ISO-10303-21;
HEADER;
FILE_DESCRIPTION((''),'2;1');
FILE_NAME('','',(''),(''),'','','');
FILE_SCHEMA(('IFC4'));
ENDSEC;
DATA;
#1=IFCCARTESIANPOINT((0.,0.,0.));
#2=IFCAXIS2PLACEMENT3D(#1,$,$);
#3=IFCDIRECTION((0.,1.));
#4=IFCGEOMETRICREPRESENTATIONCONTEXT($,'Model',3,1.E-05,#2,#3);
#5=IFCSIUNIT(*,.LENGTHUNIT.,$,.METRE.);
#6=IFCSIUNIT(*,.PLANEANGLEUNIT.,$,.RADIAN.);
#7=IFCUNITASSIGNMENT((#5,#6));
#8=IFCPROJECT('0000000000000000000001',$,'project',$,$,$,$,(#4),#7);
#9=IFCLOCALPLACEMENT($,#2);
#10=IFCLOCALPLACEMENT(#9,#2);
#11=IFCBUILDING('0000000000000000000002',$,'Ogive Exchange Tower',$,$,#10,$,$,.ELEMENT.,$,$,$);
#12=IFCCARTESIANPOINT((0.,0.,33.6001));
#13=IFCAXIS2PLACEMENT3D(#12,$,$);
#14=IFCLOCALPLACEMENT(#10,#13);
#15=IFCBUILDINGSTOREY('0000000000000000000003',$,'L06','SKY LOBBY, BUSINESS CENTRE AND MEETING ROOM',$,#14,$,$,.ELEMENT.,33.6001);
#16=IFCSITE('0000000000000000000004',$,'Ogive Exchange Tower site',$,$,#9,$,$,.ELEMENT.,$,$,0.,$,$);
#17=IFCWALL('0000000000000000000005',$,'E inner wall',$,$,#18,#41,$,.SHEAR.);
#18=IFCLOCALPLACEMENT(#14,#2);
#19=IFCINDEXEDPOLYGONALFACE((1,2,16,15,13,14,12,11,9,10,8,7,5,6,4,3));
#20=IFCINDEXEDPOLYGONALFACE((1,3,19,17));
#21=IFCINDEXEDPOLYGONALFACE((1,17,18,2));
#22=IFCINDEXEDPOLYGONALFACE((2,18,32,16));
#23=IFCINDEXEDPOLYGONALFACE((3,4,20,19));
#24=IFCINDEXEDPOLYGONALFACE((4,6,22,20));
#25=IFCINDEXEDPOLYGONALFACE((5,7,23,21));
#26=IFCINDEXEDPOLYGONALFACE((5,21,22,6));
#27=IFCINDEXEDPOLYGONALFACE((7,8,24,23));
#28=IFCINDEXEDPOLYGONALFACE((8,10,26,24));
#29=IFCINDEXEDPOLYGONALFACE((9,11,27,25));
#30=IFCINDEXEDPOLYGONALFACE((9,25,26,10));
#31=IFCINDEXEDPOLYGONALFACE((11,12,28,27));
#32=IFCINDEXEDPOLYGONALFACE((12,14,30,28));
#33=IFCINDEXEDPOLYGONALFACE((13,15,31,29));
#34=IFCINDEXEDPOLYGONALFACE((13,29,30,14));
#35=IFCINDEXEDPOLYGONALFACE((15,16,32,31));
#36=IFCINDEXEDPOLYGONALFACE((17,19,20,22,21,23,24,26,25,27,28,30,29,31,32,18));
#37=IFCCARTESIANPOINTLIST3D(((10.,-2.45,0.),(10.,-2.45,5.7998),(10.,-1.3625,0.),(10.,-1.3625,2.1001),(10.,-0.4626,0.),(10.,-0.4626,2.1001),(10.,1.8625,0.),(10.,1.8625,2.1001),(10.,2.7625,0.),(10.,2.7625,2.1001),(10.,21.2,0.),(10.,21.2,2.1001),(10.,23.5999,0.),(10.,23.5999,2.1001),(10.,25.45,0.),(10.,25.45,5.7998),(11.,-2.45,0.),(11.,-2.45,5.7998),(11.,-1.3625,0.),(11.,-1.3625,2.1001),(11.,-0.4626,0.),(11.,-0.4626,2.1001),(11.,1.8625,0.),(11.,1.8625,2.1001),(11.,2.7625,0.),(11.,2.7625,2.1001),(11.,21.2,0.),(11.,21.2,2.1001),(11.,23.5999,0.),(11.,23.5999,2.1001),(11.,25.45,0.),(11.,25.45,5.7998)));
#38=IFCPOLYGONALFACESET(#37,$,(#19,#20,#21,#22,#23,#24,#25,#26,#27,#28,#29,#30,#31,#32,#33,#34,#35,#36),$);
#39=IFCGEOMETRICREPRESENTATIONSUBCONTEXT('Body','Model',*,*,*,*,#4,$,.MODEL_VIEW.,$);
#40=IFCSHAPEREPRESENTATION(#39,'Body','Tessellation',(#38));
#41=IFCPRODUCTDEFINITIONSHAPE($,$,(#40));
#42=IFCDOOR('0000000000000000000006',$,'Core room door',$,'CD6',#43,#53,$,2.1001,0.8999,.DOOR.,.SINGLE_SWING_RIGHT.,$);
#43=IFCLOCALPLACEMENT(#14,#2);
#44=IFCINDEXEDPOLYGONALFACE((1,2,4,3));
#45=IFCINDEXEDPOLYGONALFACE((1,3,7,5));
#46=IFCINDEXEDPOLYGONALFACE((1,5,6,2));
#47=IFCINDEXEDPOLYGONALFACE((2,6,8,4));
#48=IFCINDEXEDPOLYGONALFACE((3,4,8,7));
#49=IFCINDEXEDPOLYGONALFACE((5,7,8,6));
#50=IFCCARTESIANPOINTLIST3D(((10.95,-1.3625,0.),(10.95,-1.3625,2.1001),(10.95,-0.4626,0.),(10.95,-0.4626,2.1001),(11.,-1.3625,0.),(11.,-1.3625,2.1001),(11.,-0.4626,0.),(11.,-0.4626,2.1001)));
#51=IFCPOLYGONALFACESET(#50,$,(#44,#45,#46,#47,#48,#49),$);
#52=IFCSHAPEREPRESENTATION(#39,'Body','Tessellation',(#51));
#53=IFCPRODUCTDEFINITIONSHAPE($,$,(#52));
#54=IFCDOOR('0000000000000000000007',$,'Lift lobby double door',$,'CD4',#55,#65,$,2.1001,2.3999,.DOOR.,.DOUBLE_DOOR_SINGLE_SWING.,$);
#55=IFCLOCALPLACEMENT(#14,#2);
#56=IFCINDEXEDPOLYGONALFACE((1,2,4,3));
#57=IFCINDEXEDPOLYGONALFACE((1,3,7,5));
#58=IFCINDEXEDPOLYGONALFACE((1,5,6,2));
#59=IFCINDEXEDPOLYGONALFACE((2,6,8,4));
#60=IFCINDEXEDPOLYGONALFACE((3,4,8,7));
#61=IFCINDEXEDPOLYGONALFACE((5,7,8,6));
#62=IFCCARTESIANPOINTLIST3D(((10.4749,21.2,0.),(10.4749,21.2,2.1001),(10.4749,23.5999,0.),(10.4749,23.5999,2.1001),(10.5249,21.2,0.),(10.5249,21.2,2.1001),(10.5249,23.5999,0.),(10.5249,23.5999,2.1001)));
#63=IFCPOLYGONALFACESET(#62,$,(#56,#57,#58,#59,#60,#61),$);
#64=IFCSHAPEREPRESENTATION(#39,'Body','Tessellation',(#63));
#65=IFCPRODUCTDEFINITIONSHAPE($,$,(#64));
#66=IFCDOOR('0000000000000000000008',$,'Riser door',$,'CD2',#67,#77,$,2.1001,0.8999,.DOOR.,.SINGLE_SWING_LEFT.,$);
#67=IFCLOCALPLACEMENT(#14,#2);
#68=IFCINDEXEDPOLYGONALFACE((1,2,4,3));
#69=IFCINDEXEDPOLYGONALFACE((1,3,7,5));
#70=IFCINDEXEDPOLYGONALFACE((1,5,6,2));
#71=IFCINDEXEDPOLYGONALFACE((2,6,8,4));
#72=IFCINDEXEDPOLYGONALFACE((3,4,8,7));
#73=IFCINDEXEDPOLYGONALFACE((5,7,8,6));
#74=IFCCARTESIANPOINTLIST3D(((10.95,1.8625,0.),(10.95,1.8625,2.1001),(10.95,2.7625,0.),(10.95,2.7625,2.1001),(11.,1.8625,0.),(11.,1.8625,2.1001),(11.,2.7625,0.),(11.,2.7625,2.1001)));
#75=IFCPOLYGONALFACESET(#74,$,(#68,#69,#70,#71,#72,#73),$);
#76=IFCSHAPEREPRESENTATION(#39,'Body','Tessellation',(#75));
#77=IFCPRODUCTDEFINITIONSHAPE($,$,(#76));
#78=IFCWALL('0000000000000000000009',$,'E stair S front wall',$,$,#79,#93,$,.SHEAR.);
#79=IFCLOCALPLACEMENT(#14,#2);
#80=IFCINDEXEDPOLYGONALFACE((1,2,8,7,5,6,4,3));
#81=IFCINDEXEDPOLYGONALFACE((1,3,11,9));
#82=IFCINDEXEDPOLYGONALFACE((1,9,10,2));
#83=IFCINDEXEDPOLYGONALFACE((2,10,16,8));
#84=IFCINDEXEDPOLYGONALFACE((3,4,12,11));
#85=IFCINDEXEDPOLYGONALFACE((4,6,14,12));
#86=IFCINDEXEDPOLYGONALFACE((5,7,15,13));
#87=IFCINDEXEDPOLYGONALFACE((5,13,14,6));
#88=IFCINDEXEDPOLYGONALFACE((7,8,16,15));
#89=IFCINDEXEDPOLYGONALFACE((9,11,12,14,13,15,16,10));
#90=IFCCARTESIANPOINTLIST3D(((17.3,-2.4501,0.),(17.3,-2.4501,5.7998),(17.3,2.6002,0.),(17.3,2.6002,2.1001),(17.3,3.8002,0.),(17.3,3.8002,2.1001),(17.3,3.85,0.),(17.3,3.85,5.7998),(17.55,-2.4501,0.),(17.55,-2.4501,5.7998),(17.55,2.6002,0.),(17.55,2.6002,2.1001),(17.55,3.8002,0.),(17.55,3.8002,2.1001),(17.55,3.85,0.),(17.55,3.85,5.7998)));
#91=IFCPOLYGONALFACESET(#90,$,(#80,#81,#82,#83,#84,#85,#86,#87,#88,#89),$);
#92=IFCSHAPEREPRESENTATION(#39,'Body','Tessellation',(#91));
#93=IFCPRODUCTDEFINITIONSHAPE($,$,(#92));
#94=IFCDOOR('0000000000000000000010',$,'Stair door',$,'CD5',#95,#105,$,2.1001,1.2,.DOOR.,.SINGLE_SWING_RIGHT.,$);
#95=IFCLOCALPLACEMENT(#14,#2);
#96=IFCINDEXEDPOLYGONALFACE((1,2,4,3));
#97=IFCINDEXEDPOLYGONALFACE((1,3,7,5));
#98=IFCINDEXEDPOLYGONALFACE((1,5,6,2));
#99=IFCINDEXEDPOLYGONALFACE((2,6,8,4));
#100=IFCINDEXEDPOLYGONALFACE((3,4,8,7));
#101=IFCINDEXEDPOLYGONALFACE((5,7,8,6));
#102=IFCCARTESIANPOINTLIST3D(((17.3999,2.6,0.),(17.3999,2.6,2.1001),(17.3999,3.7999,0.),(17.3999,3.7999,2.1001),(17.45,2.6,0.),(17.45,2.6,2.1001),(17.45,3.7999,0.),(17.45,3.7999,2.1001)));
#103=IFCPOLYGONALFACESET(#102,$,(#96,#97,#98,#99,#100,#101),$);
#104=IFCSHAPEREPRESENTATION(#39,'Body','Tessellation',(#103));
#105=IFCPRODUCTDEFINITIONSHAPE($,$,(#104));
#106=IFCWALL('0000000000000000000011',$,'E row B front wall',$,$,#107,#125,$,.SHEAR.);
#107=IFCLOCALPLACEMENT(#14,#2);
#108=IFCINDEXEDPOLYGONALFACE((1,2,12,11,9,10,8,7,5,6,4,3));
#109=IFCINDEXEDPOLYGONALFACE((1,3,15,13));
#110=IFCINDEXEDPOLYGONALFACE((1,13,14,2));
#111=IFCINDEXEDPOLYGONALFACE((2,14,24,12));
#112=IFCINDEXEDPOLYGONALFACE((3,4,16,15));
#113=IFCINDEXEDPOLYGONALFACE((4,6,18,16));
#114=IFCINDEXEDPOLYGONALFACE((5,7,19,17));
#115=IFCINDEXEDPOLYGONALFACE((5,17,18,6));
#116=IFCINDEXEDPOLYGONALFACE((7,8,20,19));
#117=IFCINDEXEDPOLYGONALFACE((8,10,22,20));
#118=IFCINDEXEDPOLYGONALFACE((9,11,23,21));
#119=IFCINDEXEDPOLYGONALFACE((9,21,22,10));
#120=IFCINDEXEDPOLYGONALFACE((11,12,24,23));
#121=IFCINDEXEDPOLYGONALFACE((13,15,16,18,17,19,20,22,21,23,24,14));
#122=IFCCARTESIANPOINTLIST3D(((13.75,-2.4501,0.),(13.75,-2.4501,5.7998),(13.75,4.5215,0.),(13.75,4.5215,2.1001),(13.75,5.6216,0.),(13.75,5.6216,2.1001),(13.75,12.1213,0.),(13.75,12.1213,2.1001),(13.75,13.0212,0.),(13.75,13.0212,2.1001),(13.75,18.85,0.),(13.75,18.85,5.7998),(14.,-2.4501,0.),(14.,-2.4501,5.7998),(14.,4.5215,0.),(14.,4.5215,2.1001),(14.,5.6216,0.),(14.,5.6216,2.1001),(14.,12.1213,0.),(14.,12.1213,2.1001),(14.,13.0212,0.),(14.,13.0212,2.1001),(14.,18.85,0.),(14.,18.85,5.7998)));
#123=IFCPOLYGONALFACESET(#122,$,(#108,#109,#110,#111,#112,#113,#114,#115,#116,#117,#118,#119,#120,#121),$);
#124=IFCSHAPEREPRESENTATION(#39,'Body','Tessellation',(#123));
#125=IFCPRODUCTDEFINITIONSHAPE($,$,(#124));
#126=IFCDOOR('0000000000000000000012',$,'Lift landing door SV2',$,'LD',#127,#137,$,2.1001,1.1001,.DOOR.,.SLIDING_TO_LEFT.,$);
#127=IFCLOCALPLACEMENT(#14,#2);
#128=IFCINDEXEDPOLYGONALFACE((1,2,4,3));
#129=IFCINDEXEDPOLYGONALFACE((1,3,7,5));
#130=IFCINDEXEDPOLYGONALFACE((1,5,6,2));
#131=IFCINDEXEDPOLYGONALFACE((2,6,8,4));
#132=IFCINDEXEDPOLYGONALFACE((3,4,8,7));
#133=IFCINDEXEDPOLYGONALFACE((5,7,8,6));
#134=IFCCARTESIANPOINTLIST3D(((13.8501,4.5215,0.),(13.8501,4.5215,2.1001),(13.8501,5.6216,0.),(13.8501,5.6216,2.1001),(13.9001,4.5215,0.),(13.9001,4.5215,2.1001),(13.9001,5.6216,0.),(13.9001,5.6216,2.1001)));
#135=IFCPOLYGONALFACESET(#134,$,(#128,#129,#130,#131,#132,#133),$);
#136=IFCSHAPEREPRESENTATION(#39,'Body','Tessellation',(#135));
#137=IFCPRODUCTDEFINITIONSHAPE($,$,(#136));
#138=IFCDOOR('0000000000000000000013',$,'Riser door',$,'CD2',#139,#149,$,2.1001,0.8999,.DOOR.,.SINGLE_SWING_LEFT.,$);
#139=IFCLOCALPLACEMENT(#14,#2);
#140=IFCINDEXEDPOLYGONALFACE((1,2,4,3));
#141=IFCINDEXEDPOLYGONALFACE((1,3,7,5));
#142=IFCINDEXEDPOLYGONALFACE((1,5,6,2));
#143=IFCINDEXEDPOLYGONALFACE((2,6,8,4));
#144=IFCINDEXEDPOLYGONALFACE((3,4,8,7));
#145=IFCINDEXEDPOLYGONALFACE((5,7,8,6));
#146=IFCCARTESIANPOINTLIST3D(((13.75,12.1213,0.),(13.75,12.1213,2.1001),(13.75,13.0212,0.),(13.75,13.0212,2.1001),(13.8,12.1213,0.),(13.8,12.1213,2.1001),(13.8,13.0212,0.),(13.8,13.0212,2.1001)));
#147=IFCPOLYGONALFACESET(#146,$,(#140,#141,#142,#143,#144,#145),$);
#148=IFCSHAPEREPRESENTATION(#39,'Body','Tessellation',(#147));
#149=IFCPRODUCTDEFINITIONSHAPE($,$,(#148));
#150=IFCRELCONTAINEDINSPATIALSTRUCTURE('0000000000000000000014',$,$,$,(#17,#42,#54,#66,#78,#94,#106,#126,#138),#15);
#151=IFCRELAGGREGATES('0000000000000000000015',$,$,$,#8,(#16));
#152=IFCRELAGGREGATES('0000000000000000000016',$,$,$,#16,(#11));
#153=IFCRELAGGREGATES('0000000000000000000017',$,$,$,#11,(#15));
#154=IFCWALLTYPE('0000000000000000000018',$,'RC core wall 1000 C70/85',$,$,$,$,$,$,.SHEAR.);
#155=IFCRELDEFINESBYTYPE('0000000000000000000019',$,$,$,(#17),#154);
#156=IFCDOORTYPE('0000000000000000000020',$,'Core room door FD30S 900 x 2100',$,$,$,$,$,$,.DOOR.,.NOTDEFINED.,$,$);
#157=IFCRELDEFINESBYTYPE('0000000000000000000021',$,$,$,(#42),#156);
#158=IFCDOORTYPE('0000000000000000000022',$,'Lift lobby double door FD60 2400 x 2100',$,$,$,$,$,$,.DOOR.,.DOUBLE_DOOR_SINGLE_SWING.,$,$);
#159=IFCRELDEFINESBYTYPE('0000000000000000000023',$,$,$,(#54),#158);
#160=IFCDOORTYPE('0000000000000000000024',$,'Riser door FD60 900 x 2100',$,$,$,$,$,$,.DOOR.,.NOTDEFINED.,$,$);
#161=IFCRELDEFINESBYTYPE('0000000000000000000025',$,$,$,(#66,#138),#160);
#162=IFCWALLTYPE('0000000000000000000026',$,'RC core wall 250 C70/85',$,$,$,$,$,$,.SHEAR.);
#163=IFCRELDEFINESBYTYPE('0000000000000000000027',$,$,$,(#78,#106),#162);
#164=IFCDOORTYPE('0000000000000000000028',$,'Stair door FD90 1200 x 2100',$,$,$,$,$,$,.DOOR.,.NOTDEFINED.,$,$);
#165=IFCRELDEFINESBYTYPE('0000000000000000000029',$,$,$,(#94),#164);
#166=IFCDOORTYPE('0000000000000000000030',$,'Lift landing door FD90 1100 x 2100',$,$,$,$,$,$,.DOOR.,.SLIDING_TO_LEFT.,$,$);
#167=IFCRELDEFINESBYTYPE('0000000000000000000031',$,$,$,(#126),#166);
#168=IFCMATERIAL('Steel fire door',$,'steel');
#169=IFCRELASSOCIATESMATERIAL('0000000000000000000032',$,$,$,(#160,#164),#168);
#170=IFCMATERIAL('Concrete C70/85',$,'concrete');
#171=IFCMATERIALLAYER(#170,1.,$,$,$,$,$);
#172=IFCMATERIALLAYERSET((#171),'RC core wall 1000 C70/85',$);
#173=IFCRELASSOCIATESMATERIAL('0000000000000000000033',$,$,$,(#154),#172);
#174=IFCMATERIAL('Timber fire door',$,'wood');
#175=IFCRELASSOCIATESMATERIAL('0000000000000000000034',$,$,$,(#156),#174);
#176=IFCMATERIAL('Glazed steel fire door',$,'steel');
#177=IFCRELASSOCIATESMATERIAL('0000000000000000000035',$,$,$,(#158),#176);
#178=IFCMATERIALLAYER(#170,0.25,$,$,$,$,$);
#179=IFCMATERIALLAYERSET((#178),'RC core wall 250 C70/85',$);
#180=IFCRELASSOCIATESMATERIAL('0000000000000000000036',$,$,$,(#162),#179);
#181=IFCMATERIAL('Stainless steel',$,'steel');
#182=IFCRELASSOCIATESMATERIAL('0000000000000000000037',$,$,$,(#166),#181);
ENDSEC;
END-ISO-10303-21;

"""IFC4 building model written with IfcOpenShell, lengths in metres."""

from ifc_helpers import new_model, si_unit, direction, frame, frame_2d, origin, place, context, subcontext, project, spatial, rectangle, extrude, material, layer, layer_set, type_object, element, fill, save


model = new_model("IFC4")

# Units and contexts
model_context = context("Model", 3, precision=1e-05, world=origin(), true_north=direction((0.0, 1.0)))
body_context = subcontext(model_context, "Body", "Model", "MODEL_VIEW")
ifc_project = project(units=[si_unit("LENGTHUNIT", "METRE"), si_unit("PLANEANGLEUNIT", "RADIAN")], contexts=[model_context])

# Site, building, storey
site_placement = place(None, origin())
site = spatial("IfcSite", under=ifc_project, at=site_placement, Name="Ogive Exchange Tower site", CompositionType="ELEMENT", RefElevation=0.0)
building_placement = place(site_placement, origin())
building = spatial("IfcBuilding", under=site, at=building_placement, Name="Ogive Exchange Tower", CompositionType="ELEMENT")
storey_placement = place(building_placement, frame((0.0, 0.0, 33.6001)))
storey = spatial("IfcBuildingStorey", under=building, at=storey_placement, Name="L06", Description="SKY LOBBY, BUSINESS CENTRE AND MEETING ROOM", CompositionType="ELEMENT", Elevation=33.6001)

# Shared definitions
ifc_material_1 = material(Name="Steel fire door", Category="steel")
door_type_1 = type_object("IfcDoorType", Name="Riser door FD60 900 x 2100", OperationType="NOTDEFINED", PredefinedType="DOOR", material=ifc_material_1)

# Wall, openings, doors
ifc_material_2 = material(Name="Concrete C70/85", Category="concrete")
ifc_layer_1 = layer(ifc_material_2, 1.0)
ifc_layer_set_1 = layer_set([ifc_layer_1], Name="RC core wall 1000 C70/85")
wall_type_1 = type_object("IfcWallType", Name="RC core wall 1000 C70/85", PredefinedType="SHEAR", material=ifc_layer_set_1)
wall_1_placement = place(storey_placement, frame((10.5, -2.45, 0.0), z_axis=(0.0, 0.0, 1.0), x_axis=(0.0, 1.0, 0.0)))
wall_1 = element("IfcWall", 1, at=wall_1_placement, inside=storey, type_object=wall_type_1, Name="E inner wall", PredefinedType="SHEAR", context=body_context, shape_type="SweptSolid", body=[
    extrude(rectangle(XDim=27.8999, YDim=1.0, at=frame_2d((13.95, 0.0))), origin(), (0.0, 0.0, 1.0), 5.7998),
])
opening_1_placement = place(wall_1_placement, frame((23.6499, 0.0, 0.0)))
opening_1 = element("IfcOpeningElement", 2, at=opening_1_placement, cuts=wall_1, PredefinedType="OPENING", context=body_context, shape_type="SweptSolid", body=[
    extrude(rectangle(XDim=2.3999, YDim=2.1001, at=frame_2d((1.2, 1.05))), frame((0.0, 0.51, 0.0), z_axis=(0.0, -1.0, 0.0), x_axis=(1.0, 0.0, 0.0)), (0.0, 0.0, 1.0), 1.02),
])
opening_2_placement = place(wall_1_placement, frame((1.0874, 0.0, 0.0)))
opening_2 = element("IfcOpeningElement", 3, at=opening_2_placement, cuts=wall_1, PredefinedType="OPENING", context=body_context, shape_type="SweptSolid", body=[
    extrude(rectangle(XDim=0.8999, YDim=2.1001, at=frame_2d((0.45, 1.05))), frame((0.0, 0.51, 0.0), z_axis=(0.0, -1.0, 0.0), x_axis=(1.0, 0.0, 0.0)), (0.0, 0.0, 1.0), 1.02),
])
opening_3_placement = place(wall_1_placement, frame((4.3125, 0.0, 0.0)))
opening_3 = element("IfcOpeningElement", 4, at=opening_3_placement, cuts=wall_1, PredefinedType="OPENING", context=body_context, shape_type="SweptSolid", body=[
    extrude(rectangle(XDim=0.8999, YDim=2.1001, at=frame_2d((0.45, 1.05))), frame((0.0, 0.51, 0.0), z_axis=(0.0, -1.0, 0.0), x_axis=(1.0, 0.0, 0.0)), (0.0, 0.0, 1.0), 1.02),
])
ifc_material_3 = material(Name="Timber fire door", Category="wood")
door_type_2 = type_object("IfcDoorType", Name="Core room door FD30S 900 x 2100", OperationType="NOTDEFINED", PredefinedType="DOOR", material=ifc_material_3)
door_1_placement = place(opening_2_placement, frame((0.8999, -0.9502, 0.0), z_axis=(0.0, 0.0, 1.0), x_axis=(-1.0, 0.0, 0.0)))
door_1 = element("IfcDoor", 5, at=door_1_placement, inside=storey, type_object=door_type_2, Name="Core room door", ObjectType="CD6", OperationType="SINGLE_SWING_RIGHT", OverallHeight=2.1001, OverallWidth=0.8999, PredefinedType="DOOR", context=body_context, shape_type="SweptSolid", body=[
    extrude(rectangle(XDim=0.8999, YDim=2.1001, at=frame_2d((0.45, 1.05))), frame((0.0, -0.4502, 0.0), z_axis=(0.0, -1.0, 0.0), x_axis=(1.0, 0.0, 0.0)), (0.0, 0.0, 1.0), 0.05),
])
fill(opening_2, door_1)
ifc_material_4 = material(Name="Glazed steel fire door", Category="steel")
door_type_3 = type_object("IfcDoorType", Name="Lift lobby double door FD60 2400 x 2100", OperationType="DOUBLE_DOOR_SINGLE_SWING", PredefinedType="DOOR", material=ifc_material_4)
door_2_placement = place(opening_1_placement, frame((2.3999, 0.0, 0.0), z_axis=(0.0, 0.0, 1.0), x_axis=(-1.0, 0.0, 0.0)))
door_2 = element("IfcDoor", 6, at=door_2_placement, inside=storey, type_object=door_type_3, Name="Lift lobby double door", ObjectType="CD4", OperationType="DOUBLE_DOOR_SINGLE_SWING", OverallHeight=2.1001, OverallWidth=2.3999, PredefinedType="DOOR", context=body_context, shape_type="SweptSolid", body=[
    extrude(rectangle(XDim=2.3999, YDim=2.1001, at=frame_2d((1.2, 1.05))), frame((0.0, 0.0249, 0.0), z_axis=(0.0, -1.0, 0.0), x_axis=(1.0, 0.0, 0.0)), (0.0, 0.0, 1.0), 0.05),
])
fill(opening_1, door_2)
door_3_placement = place(opening_3_placement, frame((0.8999, -0.9502, 0.0), z_axis=(0.0, 0.0, 1.0), x_axis=(-1.0, 0.0, 0.0)))
door_3 = element("IfcDoor", 7, at=door_3_placement, inside=storey, type_object=door_type_1, Name="Riser door", ObjectType="CD2", OperationType="SINGLE_SWING_LEFT", OverallHeight=2.1001, OverallWidth=0.8999, PredefinedType="DOOR", context=body_context, shape_type="SweptSolid", body=[
    extrude(rectangle(XDim=0.8999, YDim=2.1001, at=frame_2d((0.45, 1.05))), frame((0.0, -0.4502, 0.0), z_axis=(0.0, -1.0, 0.0), x_axis=(1.0, 0.0, 0.0)), (0.0, 0.0, 1.0), 0.05),
])
fill(opening_3, door_3)

# Wall, opening, door
ifc_layer_2 = layer(ifc_material_2, 0.25)
ifc_layer_set_2 = layer_set([ifc_layer_2], Name="RC core wall 250 C70/85")
wall_type_2 = type_object("IfcWallType", Name="RC core wall 250 C70/85", PredefinedType="SHEAR", material=ifc_layer_set_2)
wall_2_placement = place(storey_placement, frame((17.425, -2.45, 0.0), z_axis=(0.0, 0.0, 1.0), x_axis=(0.0, 1.0, 0.0)))
wall_2 = element("IfcWall", 8, at=wall_2_placement, inside=storey, type_object=wall_type_2, Name="E stair S front wall", PredefinedType="SHEAR", context=body_context, shape_type="SweptSolid", body=[
    extrude(rectangle(XDim=6.3, YDim=0.25, at=frame_2d((3.1499, 0.0))), origin(), (0.0, 0.0, 1.0), 5.7998),
])
opening_4_placement = place(wall_2_placement, frame((5.05, 0.0, 0.0)))
opening_4 = element("IfcOpeningElement", 9, at=opening_4_placement, cuts=wall_2, PredefinedType="OPENING", context=body_context, shape_type="SweptSolid", body=[
    extrude(rectangle(XDim=1.2, YDim=2.1001, at=frame_2d((0.6001, 1.05))), frame((0.0, 0.135, 0.0), z_axis=(0.0, -1.0, 0.0), x_axis=(1.0, 0.0, 0.0)), (0.0, 0.0, 1.0), 0.27),
])
door_type_4 = type_object("IfcDoorType", Name="Stair door FD90 1200 x 2100", OperationType="NOTDEFINED", PredefinedType="DOOR", material=ifc_material_1)
door_4_placement = place(opening_4_placement, frame((1.2, 0.0, 0.0), z_axis=(0.0, 0.0, 1.0), x_axis=(-1.0, 0.0, 0.0)))
door_4 = element("IfcDoor", 10, at=door_4_placement, inside=storey, type_object=door_type_4, Name="Stair door", ObjectType="CD5", OperationType="SINGLE_SWING_RIGHT", OverallHeight=2.1001, OverallWidth=1.2, PredefinedType="DOOR", context=body_context, shape_type="SweptSolid", body=[
    extrude(rectangle(XDim=1.2, YDim=2.1001, at=frame_2d((0.6001, 1.05))), frame((0.0, 0.0249, 0.0), z_axis=(0.0, -1.0, 0.0), x_axis=(1.0, 0.0, 0.0)), (0.0, 0.0, 1.0), 0.05),
])
fill(opening_4, door_4)

# Wall, openings, doors
wall_3_placement = place(storey_placement, frame((13.875, -2.45, 0.0), z_axis=(0.0, 0.0, 1.0), x_axis=(0.0, 1.0, 0.0)))
wall_3 = element("IfcWall", 11, at=wall_3_placement, inside=storey, type_object=wall_type_2, Name="E row B front wall", PredefinedType="SHEAR", context=body_context, shape_type="SweptSolid", body=[
    extrude(rectangle(XDim=21.3, YDim=0.25, at=frame_2d((10.6499, 0.0))), origin(), (0.0, 0.0, 1.0), 5.7998),
])
opening_5_placement = place(wall_3_placement, frame((14.5713, 0.0, 0.0)))
opening_5 = element("IfcOpeningElement", 12, at=opening_5_placement, cuts=wall_3, PredefinedType="OPENING", context=body_context, shape_type="SweptSolid", body=[
    extrude(rectangle(XDim=0.8999, YDim=2.1001, at=frame_2d((0.45, 1.05))), frame((0.0, 0.135, 0.0), z_axis=(0.0, -1.0, 0.0), x_axis=(1.0, 0.0, 0.0)), (0.0, 0.0, 1.0), 0.27),
])
opening_6_placement = place(wall_3_placement, frame((6.9714, 0.0, 0.0)))
opening_6 = element("IfcOpeningElement", 13, at=opening_6_placement, cuts=wall_3, PredefinedType="OPENING", context=body_context, shape_type="SweptSolid", body=[
    extrude(rectangle(XDim=1.1001, YDim=2.1001, at=frame_2d((0.55, 1.05))), frame((0.0, 0.135, 0.0), z_axis=(0.0, -1.0, 0.0), x_axis=(1.0, 0.0, 0.0)), (0.0, 0.0, 1.0), 0.27),
])
ifc_material_5 = material(Name="Stainless steel", Category="steel")
door_type_5 = type_object("IfcDoorType", Name="Lift landing door FD90 1100 x 2100", OperationType="SLIDING_TO_LEFT", PredefinedType="DOOR", material=ifc_material_5)
door_5_placement = place(opening_6_placement, origin())
door_5 = element("IfcDoor", 14, at=door_5_placement, inside=storey, type_object=door_type_5, Name="Lift landing door SV2", ObjectType="LD", OperationType="SLIDING_TO_LEFT", OverallHeight=2.1001, OverallWidth=1.1001, PredefinedType="DOOR", context=body_context, shape_type="SweptSolid", body=[
    extrude(rectangle(XDim=1.1001, YDim=2.1001, at=frame_2d((0.55, 1.05))), frame((0.0, 0.0249, 0.0), z_axis=(0.0, -1.0, 0.0), x_axis=(1.0, 0.0, 0.0)), (0.0, 0.0, 1.0), 0.05),
])
fill(opening_6, door_5)
door_6_placement = place(opening_5_placement, origin())
door_6 = element("IfcDoor", 15, at=door_6_placement, inside=storey, type_object=door_type_1, Name="Riser door", ObjectType="CD2", OperationType="SINGLE_SWING_LEFT", OverallHeight=2.1001, OverallWidth=0.8999, PredefinedType="DOOR", context=body_context, shape_type="SweptSolid", body=[
    extrude(rectangle(XDim=0.8999, YDim=2.1001, at=frame_2d((0.45, 1.05))), frame((0.0, 0.125, 0.0), z_axis=(0.0, -1.0, 0.0), x_axis=(1.0, 0.0, 0.0)), (0.0, 0.0, 1.0), 0.05),
])
fill(opening_5, door_6)

save(model, "model.ifc")
